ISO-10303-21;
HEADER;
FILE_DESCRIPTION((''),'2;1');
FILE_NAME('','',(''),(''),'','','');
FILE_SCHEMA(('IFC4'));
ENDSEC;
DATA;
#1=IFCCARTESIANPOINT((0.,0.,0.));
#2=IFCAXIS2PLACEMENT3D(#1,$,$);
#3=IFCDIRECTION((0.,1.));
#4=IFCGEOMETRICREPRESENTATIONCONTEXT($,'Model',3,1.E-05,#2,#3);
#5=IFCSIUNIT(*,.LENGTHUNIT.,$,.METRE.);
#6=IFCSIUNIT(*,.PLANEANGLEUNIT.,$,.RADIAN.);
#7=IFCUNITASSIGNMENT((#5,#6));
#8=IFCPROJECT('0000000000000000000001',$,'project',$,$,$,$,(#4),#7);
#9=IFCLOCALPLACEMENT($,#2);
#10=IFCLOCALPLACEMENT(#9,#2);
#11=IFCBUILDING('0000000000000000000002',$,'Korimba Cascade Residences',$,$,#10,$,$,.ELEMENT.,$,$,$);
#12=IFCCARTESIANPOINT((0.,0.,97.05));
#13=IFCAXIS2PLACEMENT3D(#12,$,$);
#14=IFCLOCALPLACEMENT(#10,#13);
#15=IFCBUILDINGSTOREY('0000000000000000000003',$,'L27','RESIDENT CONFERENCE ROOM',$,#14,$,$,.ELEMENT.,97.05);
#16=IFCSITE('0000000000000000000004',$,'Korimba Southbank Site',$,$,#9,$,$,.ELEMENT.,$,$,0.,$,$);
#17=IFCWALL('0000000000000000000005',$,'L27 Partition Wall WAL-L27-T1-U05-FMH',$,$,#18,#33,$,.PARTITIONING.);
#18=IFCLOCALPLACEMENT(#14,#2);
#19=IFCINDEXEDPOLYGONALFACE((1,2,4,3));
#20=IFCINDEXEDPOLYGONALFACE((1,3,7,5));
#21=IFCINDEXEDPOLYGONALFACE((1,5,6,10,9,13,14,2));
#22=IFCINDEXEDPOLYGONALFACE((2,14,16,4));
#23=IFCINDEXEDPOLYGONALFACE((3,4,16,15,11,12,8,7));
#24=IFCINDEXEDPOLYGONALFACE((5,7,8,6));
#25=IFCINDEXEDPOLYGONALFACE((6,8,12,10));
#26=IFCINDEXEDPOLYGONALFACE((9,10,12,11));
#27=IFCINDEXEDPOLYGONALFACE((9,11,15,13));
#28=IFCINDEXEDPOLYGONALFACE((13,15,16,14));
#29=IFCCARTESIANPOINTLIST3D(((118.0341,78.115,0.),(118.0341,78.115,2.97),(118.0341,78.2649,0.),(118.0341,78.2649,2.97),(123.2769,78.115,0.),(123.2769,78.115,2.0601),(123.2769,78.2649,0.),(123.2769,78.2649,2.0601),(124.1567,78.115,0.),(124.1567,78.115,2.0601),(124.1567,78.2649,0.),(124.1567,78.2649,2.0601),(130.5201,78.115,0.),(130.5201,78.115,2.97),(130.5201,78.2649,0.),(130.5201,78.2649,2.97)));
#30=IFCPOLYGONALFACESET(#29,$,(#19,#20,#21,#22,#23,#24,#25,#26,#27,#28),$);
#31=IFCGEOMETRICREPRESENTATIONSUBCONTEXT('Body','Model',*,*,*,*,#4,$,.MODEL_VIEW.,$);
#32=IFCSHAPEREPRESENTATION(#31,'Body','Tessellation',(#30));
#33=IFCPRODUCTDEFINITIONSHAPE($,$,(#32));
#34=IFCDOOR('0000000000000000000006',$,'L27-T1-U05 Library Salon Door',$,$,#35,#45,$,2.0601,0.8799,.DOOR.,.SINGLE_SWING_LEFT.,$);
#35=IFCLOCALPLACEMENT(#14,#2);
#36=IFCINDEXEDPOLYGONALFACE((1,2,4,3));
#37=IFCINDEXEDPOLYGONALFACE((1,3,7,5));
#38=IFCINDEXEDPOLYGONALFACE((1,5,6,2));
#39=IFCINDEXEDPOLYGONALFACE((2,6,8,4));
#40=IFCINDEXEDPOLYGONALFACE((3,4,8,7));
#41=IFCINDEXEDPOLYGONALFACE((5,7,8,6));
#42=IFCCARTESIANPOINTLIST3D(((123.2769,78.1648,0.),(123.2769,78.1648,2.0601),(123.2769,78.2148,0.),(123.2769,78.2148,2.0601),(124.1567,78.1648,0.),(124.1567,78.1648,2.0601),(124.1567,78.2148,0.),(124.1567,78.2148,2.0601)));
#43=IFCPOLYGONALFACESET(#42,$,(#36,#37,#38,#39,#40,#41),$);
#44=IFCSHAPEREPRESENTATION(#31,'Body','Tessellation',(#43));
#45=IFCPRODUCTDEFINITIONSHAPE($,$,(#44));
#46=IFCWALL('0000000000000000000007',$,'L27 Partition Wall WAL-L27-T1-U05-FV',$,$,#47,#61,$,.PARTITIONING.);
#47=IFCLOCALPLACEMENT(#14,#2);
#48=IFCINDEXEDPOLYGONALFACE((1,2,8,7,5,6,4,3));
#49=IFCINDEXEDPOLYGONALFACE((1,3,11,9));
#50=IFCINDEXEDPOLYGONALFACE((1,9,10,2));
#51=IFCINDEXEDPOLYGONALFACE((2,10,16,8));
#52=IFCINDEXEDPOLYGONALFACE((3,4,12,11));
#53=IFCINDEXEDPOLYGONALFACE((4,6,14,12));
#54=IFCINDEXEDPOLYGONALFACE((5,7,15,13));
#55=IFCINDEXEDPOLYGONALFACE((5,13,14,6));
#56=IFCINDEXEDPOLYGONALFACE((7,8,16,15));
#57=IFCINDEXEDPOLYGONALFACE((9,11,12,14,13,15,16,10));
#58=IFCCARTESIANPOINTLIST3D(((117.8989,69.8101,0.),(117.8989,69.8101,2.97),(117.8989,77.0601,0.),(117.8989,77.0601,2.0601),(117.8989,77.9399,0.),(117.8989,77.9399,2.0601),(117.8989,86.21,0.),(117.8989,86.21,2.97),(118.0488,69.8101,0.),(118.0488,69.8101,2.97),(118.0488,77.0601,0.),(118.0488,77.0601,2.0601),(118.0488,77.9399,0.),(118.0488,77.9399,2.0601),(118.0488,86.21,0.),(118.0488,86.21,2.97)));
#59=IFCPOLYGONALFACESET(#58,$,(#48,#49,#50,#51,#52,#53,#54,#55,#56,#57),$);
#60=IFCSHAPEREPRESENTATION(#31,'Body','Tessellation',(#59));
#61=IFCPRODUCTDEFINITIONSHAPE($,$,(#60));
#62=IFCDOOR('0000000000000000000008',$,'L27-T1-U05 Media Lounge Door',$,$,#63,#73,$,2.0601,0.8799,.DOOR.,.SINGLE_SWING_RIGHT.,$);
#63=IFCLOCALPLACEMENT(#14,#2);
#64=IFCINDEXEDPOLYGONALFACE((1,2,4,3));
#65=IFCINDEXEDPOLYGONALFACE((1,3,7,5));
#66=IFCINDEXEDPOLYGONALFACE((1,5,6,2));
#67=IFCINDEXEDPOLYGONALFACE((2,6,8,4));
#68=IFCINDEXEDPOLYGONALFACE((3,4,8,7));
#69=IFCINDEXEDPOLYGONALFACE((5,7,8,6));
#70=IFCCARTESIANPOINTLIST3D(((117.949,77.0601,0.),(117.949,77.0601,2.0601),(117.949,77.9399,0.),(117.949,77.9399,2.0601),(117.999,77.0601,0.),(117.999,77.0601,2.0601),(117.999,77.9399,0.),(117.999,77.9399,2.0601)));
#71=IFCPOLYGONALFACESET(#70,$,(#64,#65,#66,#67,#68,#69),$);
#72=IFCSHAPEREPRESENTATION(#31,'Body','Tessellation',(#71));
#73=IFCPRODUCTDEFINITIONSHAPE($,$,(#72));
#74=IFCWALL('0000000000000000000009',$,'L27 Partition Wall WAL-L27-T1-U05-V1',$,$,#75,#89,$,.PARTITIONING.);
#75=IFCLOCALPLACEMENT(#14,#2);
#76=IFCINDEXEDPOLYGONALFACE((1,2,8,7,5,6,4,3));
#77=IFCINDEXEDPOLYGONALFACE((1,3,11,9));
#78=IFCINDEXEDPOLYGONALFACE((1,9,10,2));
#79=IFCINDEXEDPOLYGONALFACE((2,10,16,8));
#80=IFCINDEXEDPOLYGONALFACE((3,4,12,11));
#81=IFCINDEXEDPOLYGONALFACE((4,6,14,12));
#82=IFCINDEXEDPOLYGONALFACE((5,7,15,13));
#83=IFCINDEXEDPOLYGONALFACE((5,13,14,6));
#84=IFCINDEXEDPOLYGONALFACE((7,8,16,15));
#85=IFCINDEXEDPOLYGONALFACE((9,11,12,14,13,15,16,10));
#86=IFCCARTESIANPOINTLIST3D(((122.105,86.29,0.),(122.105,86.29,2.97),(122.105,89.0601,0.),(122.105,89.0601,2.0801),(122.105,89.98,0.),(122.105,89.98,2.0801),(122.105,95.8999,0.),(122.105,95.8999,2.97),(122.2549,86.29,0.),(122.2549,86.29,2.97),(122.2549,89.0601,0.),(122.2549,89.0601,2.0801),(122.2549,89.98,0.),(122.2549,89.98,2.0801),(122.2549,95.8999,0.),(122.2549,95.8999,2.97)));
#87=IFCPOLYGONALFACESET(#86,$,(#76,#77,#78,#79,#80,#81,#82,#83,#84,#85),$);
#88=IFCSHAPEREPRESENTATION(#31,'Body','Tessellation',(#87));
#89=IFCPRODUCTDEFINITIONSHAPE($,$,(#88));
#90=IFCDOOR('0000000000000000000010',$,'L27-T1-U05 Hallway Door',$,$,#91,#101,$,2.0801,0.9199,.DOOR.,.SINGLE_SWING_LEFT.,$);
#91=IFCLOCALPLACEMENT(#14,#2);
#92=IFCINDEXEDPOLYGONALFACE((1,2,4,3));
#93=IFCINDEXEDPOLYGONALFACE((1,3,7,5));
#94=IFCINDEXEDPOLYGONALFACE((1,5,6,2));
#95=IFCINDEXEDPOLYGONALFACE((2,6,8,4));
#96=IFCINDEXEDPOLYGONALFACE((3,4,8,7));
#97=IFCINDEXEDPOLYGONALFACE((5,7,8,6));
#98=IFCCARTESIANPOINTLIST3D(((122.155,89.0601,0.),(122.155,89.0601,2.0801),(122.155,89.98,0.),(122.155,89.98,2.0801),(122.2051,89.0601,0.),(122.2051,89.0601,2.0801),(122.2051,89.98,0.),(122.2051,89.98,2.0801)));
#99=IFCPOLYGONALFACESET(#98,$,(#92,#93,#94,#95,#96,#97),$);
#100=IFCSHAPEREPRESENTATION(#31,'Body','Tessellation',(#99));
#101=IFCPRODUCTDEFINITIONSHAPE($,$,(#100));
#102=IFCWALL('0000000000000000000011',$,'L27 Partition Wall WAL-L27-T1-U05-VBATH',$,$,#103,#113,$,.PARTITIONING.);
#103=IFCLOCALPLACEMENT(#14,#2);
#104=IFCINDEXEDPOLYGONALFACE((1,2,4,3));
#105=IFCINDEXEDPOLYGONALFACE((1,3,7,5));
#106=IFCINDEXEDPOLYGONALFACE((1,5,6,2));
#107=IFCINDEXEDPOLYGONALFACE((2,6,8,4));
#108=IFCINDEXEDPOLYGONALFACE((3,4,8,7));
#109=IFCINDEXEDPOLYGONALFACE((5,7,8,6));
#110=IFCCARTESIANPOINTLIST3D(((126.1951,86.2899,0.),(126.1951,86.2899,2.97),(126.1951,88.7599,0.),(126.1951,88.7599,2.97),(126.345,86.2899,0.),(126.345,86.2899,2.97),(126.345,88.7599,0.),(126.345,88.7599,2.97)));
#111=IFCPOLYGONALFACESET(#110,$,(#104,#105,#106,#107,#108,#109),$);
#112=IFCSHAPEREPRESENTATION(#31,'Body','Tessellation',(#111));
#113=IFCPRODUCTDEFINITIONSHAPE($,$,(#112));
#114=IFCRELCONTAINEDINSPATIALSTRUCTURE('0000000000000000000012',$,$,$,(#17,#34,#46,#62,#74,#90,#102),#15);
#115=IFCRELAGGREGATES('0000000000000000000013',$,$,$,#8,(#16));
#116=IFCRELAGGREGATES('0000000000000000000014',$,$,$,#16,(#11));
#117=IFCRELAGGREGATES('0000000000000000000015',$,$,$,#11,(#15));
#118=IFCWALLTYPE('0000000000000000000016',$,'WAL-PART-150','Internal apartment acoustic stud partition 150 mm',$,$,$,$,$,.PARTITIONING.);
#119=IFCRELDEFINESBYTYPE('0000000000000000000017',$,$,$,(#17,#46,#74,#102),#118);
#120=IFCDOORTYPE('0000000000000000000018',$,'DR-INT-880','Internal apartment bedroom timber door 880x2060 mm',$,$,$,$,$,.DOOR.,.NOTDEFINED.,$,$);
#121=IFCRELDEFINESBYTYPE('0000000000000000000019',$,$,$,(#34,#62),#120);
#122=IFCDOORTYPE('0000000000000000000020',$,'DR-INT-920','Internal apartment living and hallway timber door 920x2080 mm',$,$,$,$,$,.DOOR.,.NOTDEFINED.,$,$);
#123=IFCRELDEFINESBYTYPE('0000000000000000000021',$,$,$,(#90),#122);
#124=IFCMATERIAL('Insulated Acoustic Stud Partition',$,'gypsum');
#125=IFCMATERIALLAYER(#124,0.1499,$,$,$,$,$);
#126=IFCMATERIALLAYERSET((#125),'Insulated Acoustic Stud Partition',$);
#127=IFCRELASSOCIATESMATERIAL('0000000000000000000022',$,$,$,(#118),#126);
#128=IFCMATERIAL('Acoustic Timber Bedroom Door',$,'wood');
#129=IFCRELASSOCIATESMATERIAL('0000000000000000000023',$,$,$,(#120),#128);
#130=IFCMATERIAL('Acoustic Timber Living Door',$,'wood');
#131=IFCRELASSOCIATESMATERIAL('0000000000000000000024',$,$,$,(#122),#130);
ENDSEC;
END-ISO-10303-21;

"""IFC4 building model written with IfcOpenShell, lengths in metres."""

from ifc_helpers import new_model, si_unit, direction, frame, frame_2d, origin, place, context, subcontext, project, spatial, rectangle, extrude, material, layer, layer_set, type_object, element, fill, save


model = new_model("IFC4")

# Units and contexts
model_context = context("Model", 3, precision=1e-05, world=origin(), true_north=direction((0.0, 1.0)))
body_context = subcontext(model_context, "Body", "Model", "MODEL_VIEW")
ifc_project = project(units=[si_unit("LENGTHUNIT", "METRE"), si_unit("PLANEANGLEUNIT", "RADIAN")], contexts=[model_context])

# Site, building, storey
site_placement = place(None, origin())
site = spatial("IfcSite", under=ifc_project, at=site_placement, Name="Korimba Southbank Site", CompositionType="ELEMENT", RefElevation=0.0)
building_placement = place(site_placement, origin())
building = spatial("IfcBuilding", under=site, at=building_placement, Name="Korimba Cascade Residences", CompositionType="ELEMENT")
storey_placement = place(building_placement, frame((0.0, 0.0, 97.05)))
storey = spatial("IfcBuildingStorey", under=building, at=storey_placement, Name="L27", Description="RESIDENT CONFERENCE ROOM", CompositionType="ELEMENT", Elevation=97.05)

# Shared definitions
ifc_material_1 = material(Name="Insulated Acoustic Stud Partition", Category="gypsum")
ifc_layer_1 = layer(ifc_material_1, 0.1499)
ifc_layer_set_1 = layer_set([ifc_layer_1], Name="Insulated Acoustic Stud Partition")
wall_type_1 = type_object("IfcWallType", Name="WAL-PART-150", Description="Internal apartment acoustic stud partition 150 mm", PredefinedType="PARTITIONING", material=ifc_layer_set_1)
ifc_material_2 = material(Name="Acoustic Timber Bedroom Door", Category="wood")
door_type_1 = type_object("IfcDoorType", Name="DR-INT-880", Description="Internal apartment bedroom timber door 880x2060 mm", OperationType="NOTDEFINED", PredefinedType="DOOR", material=ifc_material_2)

# Walls, openings, doors
wall_1_placement = place(storey_placement, frame((118.0339, 78.1899, 0.0), z_axis=(0.0, 0.0, 1.0), x_axis=(1.0, 0.0, 0.0)))
wall_1 = element("IfcWall", 1, at=wall_1_placement, inside=storey, type_object=wall_type_1, Name="L27 Partition Wall WAL-L27-T1-U05-FMH", PredefinedType="PARTITIONING", context=body_context, shape_type="SweptSolid", body=[
    extrude(rectangle(XDim=12.4861, YDim=0.1499, at=frame_2d((6.2432, 0.0))), origin(), (0.0, 0.0, 1.0), 2.97),
])
opening_1_placement = place(wall_1_placement, frame((5.2429, 0.0, 0.0)))
opening_1 = element("IfcOpeningElement", 2, at=opening_1_placement, cuts=wall_1, PredefinedType="OPENING", context=body_context, shape_type="SweptSolid", body=[
    extrude(rectangle(XDim=0.8799, YDim=2.0601, at=frame_2d((0.4399, 1.03))), frame((0.0, 0.085, 0.0), z_axis=(0.0, -1.0, 0.0), x_axis=(1.0, 0.0, 0.0)), (0.0, 0.0, 1.0), 0.1699),
])
door_1_placement = place(opening_1_placement, origin())
door_1 = element("IfcDoor", 3, at=door_1_placement, inside=storey, type_object=door_type_1, Name="L27-T1-U05 Library Salon Door", OperationType="SINGLE_SWING_LEFT", OverallHeight=2.0601, OverallWidth=0.8799, PredefinedType="DOOR", context=body_context, shape_type="SweptSolid", body=[
    extrude(rectangle(XDim=0.8799, YDim=2.0601, at=frame_2d((0.4399, 1.03))), frame((0.0, 0.0249, 0.0), z_axis=(0.0, -1.0, 0.0), x_axis=(1.0, 0.0, 0.0)), (0.0, 0.0, 1.0), 0.05),
])
fill(opening_1, door_1)
wall_2_placement = place(storey_placement, frame((117.9739, 69.8101, 0.0), z_axis=(0.0, 0.0, 1.0), x_axis=(0.0, 1.0, 0.0)))
wall_2 = element("IfcWall", 4, at=wall_2_placement, inside=storey, type_object=wall_type_1, Name="L27 Partition Wall WAL-L27-T1-U05-FV", PredefinedType="PARTITIONING", context=body_context, shape_type="SweptSolid", body=[
    extrude(rectangle(XDim=16.3999, YDim=0.1499, at=frame_2d((8.2, 0.0))), origin(), (0.0, 0.0, 1.0), 2.97),
])
opening_2_placement = place(wall_2_placement, frame((7.25, 0.0, 0.0)))
opening_2 = element("IfcOpeningElement", 5, at=opening_2_placement, cuts=wall_2, PredefinedType="OPENING", context=body_context, shape_type="SweptSolid", body=[
    extrude(rectangle(XDim=0.8799, YDim=2.0601, at=frame_2d((0.4399, 1.03))), frame((0.0, 0.085, 0.0), z_axis=(0.0, -1.0, 0.0), x_axis=(1.0, 0.0, 0.0)), (0.0, 0.0, 1.0), 0.1699),
])
door_2_placement = place(opening_2_placement, origin())
door_2 = element("IfcDoor", 6, at=door_2_placement, inside=storey, type_object=door_type_1, Name="L27-T1-U05 Media Lounge Door", OperationType="SINGLE_SWING_RIGHT", OverallHeight=2.0601, OverallWidth=0.8799, PredefinedType="DOOR", context=body_context, shape_type="SweptSolid", body=[
    extrude(rectangle(XDim=0.8799, YDim=2.0601, at=frame_2d((0.4399, 1.03))), frame((0.0, 0.0249, 0.0), z_axis=(0.0, -1.0, 0.0), x_axis=(1.0, 0.0, 0.0)), (0.0, 0.0, 1.0), 0.05),
])
fill(opening_2, door_2)
wall_3_placement = place(storey_placement, frame((122.1799, 86.29, 0.0), z_axis=(0.0, 0.0, 1.0), x_axis=(0.0, 1.0, 0.0)))
wall_3 = element("IfcWall", 7, at=wall_3_placement, inside=storey, type_object=wall_type_1, Name="L27 Partition Wall WAL-L27-T1-U05-V1", PredefinedType="PARTITIONING", context=body_context, shape_type="SweptSolid", body=[
    extrude(rectangle(XDim=9.6099, YDim=0.1499, at=frame_2d((4.8049, 0.0))), origin(), (0.0, 0.0, 1.0), 2.97),
])
opening_3_placement = place(wall_3_placement, frame((2.77, 0.0, 0.0)))
opening_3 = element("IfcOpeningElement", 8, at=opening_3_placement, cuts=wall_3, PredefinedType="OPENING", context=body_context, shape_type="SweptSolid", body=[
    extrude(rectangle(XDim=0.9199, YDim=2.0801, at=frame_2d((0.46, 1.04))), frame((0.0, 0.085, 0.0), z_axis=(0.0, -1.0, 0.0), x_axis=(1.0, 0.0, 0.0)), (0.0, 0.0, 1.0), 0.1699),
])
ifc_material_3 = material(Name="Acoustic Timber Living Door", Category="wood")
door_type_2 = type_object("IfcDoorType", Name="DR-INT-920", Description="Internal apartment living and hallway timber door 920x2080 mm", OperationType="NOTDEFINED", PredefinedType="DOOR", material=ifc_material_3)
door_3_placement = place(opening_3_placement, origin())
door_3 = element("IfcDoor", 9, at=door_3_placement, inside=storey, type_object=door_type_2, Name="L27-T1-U05 Hallway Door", OperationType="SINGLE_SWING_LEFT", OverallHeight=2.0801, OverallWidth=0.9199, PredefinedType="DOOR", context=body_context, shape_type="SweptSolid", body=[
    extrude(rectangle(XDim=0.9199, YDim=2.0801, at=frame_2d((0.46, 1.04))), frame((0.0, 0.0249, 0.0), z_axis=(0.0, -1.0, 0.0), x_axis=(1.0, 0.0, 0.0)), (0.0, 0.0, 1.0), 0.05),
])
fill(opening_3, door_3)

# Wall
wall_4_placement = place(storey_placement, frame((126.27, 86.29, 0.0), z_axis=(0.0, 0.0, 1.0), x_axis=(0.0, 1.0, 0.0)))
element("IfcWall", 10, at=wall_4_placement, inside=storey, type_object=wall_type_1, Name="L27 Partition Wall WAL-L27-T1-U05-VBATH", PredefinedType="PARTITIONING", context=body_context, shape_type="SweptSolid", body=[
    extrude(rectangle(XDim=2.47, YDim=0.1499, at=frame_2d((1.2349, 0.0))), origin(), (0.0, 0.0, 1.0), 2.97),
])

save(model, "model.ifc")
